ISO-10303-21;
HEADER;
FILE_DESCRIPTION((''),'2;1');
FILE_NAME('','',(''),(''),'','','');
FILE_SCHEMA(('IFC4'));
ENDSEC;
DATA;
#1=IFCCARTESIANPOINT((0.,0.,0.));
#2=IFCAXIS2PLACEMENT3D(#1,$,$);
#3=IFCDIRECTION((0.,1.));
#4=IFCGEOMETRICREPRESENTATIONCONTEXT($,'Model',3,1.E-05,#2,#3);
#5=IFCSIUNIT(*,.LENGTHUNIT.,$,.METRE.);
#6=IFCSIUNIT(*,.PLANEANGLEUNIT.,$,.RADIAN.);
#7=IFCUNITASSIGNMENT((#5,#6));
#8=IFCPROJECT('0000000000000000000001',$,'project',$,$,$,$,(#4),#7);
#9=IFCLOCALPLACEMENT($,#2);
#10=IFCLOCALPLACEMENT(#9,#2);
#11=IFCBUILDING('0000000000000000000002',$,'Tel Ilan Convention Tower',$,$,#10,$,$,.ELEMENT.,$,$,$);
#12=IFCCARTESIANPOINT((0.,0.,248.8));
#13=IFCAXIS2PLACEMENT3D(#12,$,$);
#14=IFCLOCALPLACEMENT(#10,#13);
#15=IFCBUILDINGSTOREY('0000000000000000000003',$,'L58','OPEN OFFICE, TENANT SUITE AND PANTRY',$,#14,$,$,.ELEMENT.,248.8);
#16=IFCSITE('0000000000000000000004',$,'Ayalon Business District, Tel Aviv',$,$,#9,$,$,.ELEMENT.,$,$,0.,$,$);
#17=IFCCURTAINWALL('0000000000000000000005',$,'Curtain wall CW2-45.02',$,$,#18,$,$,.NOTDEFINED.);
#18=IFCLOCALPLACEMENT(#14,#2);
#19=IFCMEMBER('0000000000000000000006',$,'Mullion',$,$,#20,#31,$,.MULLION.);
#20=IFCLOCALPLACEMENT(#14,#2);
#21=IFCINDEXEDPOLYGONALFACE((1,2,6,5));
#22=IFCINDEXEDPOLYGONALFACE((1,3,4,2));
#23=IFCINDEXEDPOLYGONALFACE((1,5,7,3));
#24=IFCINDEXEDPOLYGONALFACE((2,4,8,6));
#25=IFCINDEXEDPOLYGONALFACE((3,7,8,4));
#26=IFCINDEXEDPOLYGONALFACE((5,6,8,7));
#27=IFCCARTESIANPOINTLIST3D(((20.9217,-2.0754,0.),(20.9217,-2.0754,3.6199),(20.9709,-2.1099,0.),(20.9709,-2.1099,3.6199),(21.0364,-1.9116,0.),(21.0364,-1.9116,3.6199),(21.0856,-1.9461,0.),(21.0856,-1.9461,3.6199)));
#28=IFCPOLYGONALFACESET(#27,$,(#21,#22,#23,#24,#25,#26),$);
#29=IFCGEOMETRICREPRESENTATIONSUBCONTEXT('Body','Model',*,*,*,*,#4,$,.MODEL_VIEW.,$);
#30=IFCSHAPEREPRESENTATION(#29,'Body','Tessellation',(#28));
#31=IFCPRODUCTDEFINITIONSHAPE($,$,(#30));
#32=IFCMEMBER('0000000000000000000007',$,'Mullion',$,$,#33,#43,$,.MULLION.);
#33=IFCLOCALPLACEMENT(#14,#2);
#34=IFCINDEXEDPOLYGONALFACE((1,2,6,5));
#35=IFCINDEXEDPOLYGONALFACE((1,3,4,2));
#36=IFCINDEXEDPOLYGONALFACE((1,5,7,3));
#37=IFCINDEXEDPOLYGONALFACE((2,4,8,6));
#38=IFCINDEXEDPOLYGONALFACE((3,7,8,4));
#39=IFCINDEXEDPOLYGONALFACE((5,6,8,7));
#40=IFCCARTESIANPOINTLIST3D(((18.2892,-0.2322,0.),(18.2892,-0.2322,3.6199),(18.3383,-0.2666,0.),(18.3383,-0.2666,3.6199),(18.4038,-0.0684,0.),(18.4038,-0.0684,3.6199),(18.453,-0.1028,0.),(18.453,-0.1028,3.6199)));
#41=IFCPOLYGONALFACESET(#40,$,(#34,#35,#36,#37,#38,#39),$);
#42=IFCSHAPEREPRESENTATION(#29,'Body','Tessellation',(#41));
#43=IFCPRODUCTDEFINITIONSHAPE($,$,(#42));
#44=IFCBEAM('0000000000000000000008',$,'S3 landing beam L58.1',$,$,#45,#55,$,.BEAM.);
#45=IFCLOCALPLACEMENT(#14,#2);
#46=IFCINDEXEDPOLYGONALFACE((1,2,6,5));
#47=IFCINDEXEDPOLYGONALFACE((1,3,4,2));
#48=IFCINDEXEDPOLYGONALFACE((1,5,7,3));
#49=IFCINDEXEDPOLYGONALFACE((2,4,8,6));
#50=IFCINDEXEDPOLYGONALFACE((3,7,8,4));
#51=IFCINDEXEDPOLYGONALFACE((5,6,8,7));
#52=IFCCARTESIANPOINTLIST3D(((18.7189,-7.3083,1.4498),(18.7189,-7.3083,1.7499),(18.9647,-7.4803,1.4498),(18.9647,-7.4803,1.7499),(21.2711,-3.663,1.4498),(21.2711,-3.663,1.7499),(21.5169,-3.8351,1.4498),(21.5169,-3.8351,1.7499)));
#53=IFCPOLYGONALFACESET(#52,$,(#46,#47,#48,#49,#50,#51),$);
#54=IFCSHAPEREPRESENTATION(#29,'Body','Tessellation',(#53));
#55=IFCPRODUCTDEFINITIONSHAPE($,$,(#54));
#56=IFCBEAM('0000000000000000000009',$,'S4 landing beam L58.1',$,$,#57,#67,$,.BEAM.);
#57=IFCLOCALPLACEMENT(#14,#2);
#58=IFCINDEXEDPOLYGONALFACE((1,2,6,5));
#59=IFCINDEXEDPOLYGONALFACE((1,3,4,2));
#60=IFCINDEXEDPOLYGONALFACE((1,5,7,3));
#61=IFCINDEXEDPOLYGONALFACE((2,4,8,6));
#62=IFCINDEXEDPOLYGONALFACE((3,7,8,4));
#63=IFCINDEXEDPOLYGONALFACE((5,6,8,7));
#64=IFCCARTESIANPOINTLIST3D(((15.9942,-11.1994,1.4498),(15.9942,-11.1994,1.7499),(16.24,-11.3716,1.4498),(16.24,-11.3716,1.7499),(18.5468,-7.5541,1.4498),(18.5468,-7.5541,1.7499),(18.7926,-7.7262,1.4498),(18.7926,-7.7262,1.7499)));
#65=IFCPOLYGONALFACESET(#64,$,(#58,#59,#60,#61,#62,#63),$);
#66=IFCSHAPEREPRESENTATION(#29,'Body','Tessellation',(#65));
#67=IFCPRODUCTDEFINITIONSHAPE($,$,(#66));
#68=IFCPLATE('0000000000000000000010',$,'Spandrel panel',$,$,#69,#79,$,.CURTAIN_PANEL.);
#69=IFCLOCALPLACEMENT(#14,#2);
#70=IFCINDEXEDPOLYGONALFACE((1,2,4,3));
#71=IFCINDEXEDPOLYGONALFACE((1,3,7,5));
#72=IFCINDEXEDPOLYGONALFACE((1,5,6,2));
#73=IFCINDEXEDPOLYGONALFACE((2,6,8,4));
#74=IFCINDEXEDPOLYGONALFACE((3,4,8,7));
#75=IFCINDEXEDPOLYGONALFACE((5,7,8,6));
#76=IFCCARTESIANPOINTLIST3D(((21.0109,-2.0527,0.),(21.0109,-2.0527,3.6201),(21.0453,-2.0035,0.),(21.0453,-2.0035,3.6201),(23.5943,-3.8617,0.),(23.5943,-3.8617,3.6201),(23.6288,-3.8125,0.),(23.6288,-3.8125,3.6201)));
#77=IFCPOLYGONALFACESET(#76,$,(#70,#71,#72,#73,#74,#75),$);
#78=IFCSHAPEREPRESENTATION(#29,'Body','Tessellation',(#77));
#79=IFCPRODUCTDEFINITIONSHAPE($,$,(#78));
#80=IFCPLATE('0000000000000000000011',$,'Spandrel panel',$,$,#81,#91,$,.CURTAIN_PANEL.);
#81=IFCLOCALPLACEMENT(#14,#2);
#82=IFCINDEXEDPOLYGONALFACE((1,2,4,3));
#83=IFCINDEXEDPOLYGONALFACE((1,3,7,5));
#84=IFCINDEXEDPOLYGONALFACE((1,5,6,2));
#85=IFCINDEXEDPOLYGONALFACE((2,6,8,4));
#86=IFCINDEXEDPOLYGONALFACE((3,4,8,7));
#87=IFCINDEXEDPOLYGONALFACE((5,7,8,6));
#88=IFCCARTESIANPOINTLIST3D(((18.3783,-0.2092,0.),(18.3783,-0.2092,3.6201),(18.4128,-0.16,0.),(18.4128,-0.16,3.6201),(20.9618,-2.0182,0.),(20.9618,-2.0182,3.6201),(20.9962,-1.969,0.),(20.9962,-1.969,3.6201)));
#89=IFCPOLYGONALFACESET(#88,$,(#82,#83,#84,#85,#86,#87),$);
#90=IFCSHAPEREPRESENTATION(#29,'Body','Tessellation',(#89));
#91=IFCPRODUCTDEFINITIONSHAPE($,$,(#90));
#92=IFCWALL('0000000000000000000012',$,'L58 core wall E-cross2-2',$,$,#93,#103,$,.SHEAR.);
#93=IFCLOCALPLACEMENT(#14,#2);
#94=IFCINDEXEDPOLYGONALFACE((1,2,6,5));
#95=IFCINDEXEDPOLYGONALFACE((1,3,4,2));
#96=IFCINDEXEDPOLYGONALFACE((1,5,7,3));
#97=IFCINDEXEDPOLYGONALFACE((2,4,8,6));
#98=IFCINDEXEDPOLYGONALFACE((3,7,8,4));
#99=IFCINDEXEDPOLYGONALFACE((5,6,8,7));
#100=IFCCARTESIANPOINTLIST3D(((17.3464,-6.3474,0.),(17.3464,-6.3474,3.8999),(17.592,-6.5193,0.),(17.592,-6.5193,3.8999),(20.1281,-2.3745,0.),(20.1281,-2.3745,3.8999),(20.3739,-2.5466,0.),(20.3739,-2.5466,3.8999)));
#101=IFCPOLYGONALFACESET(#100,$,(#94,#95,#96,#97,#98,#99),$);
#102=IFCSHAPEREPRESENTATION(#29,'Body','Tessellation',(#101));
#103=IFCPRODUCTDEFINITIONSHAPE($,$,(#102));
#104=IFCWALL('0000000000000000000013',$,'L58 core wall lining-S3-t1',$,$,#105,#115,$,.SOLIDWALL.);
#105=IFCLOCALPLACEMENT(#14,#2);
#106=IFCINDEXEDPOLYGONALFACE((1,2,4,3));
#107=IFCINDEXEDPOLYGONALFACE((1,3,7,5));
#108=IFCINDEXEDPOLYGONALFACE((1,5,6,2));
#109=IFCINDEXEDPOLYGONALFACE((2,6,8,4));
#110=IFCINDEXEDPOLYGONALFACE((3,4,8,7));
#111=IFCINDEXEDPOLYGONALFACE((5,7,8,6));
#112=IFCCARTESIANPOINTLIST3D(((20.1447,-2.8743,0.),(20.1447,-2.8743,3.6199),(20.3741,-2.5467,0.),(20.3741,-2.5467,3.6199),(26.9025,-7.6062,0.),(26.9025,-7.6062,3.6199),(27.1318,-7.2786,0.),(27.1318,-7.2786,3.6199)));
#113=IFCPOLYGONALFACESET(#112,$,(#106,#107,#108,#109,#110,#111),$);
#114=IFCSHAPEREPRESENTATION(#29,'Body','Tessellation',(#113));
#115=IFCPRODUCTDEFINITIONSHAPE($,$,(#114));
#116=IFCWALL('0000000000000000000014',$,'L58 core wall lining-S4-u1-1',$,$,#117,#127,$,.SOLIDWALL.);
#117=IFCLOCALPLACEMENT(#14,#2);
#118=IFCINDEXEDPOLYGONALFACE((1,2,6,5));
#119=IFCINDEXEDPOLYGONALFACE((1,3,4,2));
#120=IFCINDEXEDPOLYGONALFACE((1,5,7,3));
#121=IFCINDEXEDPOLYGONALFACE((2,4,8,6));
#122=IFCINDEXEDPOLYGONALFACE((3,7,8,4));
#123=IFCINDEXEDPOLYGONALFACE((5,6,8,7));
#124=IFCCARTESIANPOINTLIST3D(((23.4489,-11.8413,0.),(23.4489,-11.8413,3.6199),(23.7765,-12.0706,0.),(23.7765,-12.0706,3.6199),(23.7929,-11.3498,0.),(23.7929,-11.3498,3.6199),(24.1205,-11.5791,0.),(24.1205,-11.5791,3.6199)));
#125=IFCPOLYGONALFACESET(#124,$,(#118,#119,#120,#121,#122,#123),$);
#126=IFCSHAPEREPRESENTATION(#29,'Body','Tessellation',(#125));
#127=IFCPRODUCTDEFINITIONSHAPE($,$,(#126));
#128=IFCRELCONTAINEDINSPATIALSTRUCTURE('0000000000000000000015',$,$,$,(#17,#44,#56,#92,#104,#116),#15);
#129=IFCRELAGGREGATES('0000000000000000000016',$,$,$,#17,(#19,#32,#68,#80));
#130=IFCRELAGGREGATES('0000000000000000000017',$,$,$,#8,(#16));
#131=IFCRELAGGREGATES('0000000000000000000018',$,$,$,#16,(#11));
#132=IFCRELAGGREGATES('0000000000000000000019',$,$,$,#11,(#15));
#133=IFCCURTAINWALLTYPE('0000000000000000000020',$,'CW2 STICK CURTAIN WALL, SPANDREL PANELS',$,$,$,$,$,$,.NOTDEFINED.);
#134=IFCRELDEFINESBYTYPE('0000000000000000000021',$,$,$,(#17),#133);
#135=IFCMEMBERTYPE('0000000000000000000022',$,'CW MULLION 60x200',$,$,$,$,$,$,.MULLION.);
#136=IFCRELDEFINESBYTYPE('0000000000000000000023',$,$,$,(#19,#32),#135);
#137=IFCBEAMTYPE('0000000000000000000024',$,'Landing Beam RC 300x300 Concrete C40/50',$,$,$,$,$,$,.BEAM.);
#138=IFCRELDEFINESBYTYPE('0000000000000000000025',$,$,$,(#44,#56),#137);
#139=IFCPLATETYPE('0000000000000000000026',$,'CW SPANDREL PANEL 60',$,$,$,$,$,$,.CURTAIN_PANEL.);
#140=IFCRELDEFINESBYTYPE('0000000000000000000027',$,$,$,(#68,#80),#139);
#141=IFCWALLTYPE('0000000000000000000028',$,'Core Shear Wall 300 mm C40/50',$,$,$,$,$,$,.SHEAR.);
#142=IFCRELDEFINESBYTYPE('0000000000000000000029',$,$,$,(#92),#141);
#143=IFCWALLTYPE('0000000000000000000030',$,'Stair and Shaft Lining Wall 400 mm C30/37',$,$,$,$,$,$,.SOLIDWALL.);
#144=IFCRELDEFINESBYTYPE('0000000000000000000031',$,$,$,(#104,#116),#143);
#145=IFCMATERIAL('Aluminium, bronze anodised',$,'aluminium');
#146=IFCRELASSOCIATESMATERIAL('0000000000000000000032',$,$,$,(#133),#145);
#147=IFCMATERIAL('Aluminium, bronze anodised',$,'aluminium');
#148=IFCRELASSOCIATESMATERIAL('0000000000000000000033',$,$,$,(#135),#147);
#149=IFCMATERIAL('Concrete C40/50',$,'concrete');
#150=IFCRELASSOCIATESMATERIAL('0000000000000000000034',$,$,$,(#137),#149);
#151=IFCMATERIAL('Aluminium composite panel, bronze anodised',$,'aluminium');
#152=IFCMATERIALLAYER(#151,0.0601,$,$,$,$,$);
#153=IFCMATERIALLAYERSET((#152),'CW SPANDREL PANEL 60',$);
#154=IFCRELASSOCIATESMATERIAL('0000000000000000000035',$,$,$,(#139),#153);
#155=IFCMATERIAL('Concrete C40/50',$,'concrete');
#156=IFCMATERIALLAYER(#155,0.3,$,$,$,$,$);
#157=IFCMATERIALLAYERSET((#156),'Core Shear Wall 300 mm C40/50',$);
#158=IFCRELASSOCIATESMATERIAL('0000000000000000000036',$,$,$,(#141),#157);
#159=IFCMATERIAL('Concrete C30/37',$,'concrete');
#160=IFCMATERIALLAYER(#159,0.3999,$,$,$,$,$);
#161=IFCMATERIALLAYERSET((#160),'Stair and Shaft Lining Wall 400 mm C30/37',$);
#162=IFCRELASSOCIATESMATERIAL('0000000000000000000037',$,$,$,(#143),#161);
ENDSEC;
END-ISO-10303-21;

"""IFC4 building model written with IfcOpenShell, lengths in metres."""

from ifc_helpers import new_model, si_unit, direction, frame, frame_2d, origin, origin_2d, place, context, subcontext, project, spatial, polyline, rectangle, outline, extrude, material, layer, layer_set, material_profile, profile_set, type_object, element, aggregate, save


model = new_model("IFC4")

# Units and contexts
model_context = context("Model", 3, precision=1e-05, world=origin(), true_north=direction((0.0, 1.0)))
body_context = subcontext(model_context, "Body", "Model", "MODEL_VIEW")
ifc_project = project(units=[si_unit("LENGTHUNIT", "METRE"), si_unit("PLANEANGLEUNIT", "RADIAN")], contexts=[model_context])

# Site, building, storey
site_placement = place(None, origin())
site = spatial("IfcSite", under=ifc_project, at=site_placement, Name="Ayalon Business District, Tel Aviv", CompositionType="ELEMENT", RefElevation=0.0)
building_placement = place(site_placement, origin())
building = spatial("IfcBuilding", under=site, at=building_placement, Name="Tel Ilan Convention Tower", CompositionType="ELEMENT")
storey_placement = place(building_placement, frame((0.0, 0.0, 248.8)))
storey = spatial("IfcBuildingStorey", under=building, at=storey_placement, Name="L58", Description="OPEN OFFICE, TENANT SUITE AND PANTRY", CompositionType="ELEMENT", Elevation=248.8)

# Curtain wall, members
ifc_material_1 = material(Name="Aluminium, bronze anodised", Category="aluminium")
curtain_wall_type = type_object("IfcCurtainWallType", Name="CW2 STICK CURTAIN WALL, SPANDREL PANELS", PredefinedType="NOTDEFINED", material=ifc_material_1)
curtain_wall_placement = place(storey_placement, origin())
curtain_wall = element("IfcCurtainWall", 1, at=curtain_wall_placement, inside=storey, type_object=curtain_wall_type, Name="Curtain wall CW2-45.02", PredefinedType="NOTDEFINED")
ifc_material_2 = material(Name="Aluminium, bronze anodised", Category="aluminium")
ifc_material_profile_1 = material_profile(ifc_material_2, rectangle(XDim=0.0601, YDim=0.2, at=origin_2d()), Name="CW MULLION 60x200")
ifc_profile_set_1 = profile_set([ifc_material_profile_1], Name="Aluminium, bronze anodised")
member_type = type_object("IfcMemberType", Name="CW MULLION 60x200", PredefinedType="MULLION", material=ifc_profile_set_1)
member_1_placement = place(storey_placement, frame((21.0037, -2.0107, 0.0), z_axis=(0.0, 0.0, 1.0), x_axis=(-0.819152, 0.573576, 0.0)))
member_1 = element("IfcMember", 2, at=member_1_placement, type_object=member_type, Name="Mullion", PredefinedType="MULLION", context=body_context, shape_type="SweptSolid", body=[
    extrude(rectangle(XDim=0.0601, YDim=0.2, at=origin_2d()), origin(), (0.0, 0.0, 1.0), 3.6199),
])
member_2_placement = place(storey_placement, frame((18.3711, -0.1675, 0.0), z_axis=(0.0, 0.0, 1.0), x_axis=(-0.819152, 0.573576, 0.0)))
member_2 = element("IfcMember", 3, at=member_2_placement, type_object=member_type, Name="Mullion", PredefinedType="MULLION", context=body_context, shape_type="SweptSolid", body=[
    extrude(rectangle(XDim=0.0601, YDim=0.2, at=origin_2d()), origin(), (0.0, 0.0, 1.0), 3.6199),
])

# Beams
ifc_material_3 = material(Name="Concrete C40/50", Category="concrete")
ifc_material_profile_2 = material_profile(ifc_material_3, rectangle(XDim=0.3, YDim=0.3, at=origin_2d()), Name="RC 300x300")
ifc_profile_set_2 = profile_set([ifc_material_profile_2], Name="Concrete C40/50")
beam_type = type_object("IfcBeamType", Name="Landing Beam RC 300x300 Concrete C40/50", PredefinedType="BEAM", material=ifc_profile_set_2)
beam_1_placement = place(storey_placement, frame((21.394, -3.749, 1.5999), z_axis=(-0.573547, -0.819173, 0.0), x_axis=(0.819173, -0.573547, 0.0)))
element("IfcBeam", 4, at=beam_1_placement, inside=storey, type_object=beam_type, Name="S3 landing beam L58.1", PredefinedType="BEAM", context=body_context, shape_type="SweptSolid", body=[
    extrude(rectangle(XDim=0.3, YDim=0.3, at=origin_2d()), origin(), (0.0, 0.0, 1.0), 4.45),
])
beam_2_placement = place(storey_placement, frame((18.6697, -7.6401, 1.5999), z_axis=(-0.573584, -0.819147, 0.0), x_axis=(0.819147, -0.573584, 0.0)))
element("IfcBeam", 5, at=beam_2_placement, inside=storey, type_object=beam_type, Name="S4 landing beam L58.1", PredefinedType="BEAM", context=body_context, shape_type="SweptSolid", body=[
    extrude(rectangle(XDim=0.3, YDim=0.3, at=origin_2d()), origin(), (0.0, 0.0, 1.0), 4.4502),
])

# Plates
ifc_material_4 = material(Name="Aluminium composite panel, bronze anodised", Category="aluminium")
ifc_layer_1 = layer(ifc_material_4, 0.0601)
ifc_layer_set_1 = layer_set([ifc_layer_1], Name="CW SPANDREL PANEL 60")
plate_type = type_object("IfcPlateType", Name="CW SPANDREL PANEL 60", PredefinedType="CURTAIN_PANEL", material=ifc_layer_set_1)
plate_1_placement = place(storey_placement, frame((22.3198, -2.9326, 0.0), z_axis=(0.0, 0.0, 1.0), x_axis=(-0.819152, 0.573576, 0.0)))
plate_1 = element("IfcPlate", 6, at=plate_1_placement, type_object=plate_type, Name="Spandrel panel", PredefinedType="CURTAIN_PANEL", context=body_context, shape_type="SweptSolid", body=[
    extrude(rectangle(XDim=3.1538, YDim=0.0601, at=origin_2d()), origin(), (0.0, 0.0, 1.0), 3.6201),
])
plate_2_placement = place(storey_placement, frame((19.6873, -1.0891, 0.0), z_axis=(0.0, 0.0, 1.0), x_axis=(-0.819152, 0.573576, 0.0)))
plate_2 = element("IfcPlate", 7, at=plate_2_placement, type_object=plate_type, Name="Spandrel panel", PredefinedType="CURTAIN_PANEL", context=body_context, shape_type="SweptSolid", body=[
    extrude(rectangle(XDim=3.1538, YDim=0.0601, at=origin_2d()), origin(), (0.0, 0.0, 1.0), 3.6201),
])
aggregate(curtain_wall, [member_1, member_2, plate_1, plate_2])

# Walls
ifc_material_5 = material(Name="Concrete C40/50", Category="concrete")
ifc_layer_2 = layer(ifc_material_5, 0.3)
ifc_layer_set_2 = layer_set([ifc_layer_2], Name="Core Shear Wall 300 mm C40/50")
wall_type_1 = type_object("IfcWallType", Name="Core Shear Wall 300 mm C40/50", PredefinedType="SHEAR", material=ifc_layer_set_2)
wall_1_placement = place(storey_placement, frame((17.4692, -6.4333, 0.0), z_axis=(0.0, 0.0, 1.0), x_axis=(0.573594, 0.81914, 0.0)))
element("IfcWall", 8, at=wall_1_placement, inside=storey, type_object=wall_type_1, Name="L58 core wall E-cross2-2", PredefinedType="SHEAR", context=body_context, shape_type="SweptSolid", body=[
    extrude(outline(polyline([(4.8499, -0.1499), (4.8499, 0.1501), (0.0, 0.1499), (0.0, -0.1499), (4.8499, -0.1499)])), origin(), (0.0, 0.0, 1.0), 3.8999),
])
ifc_material_6 = material(Name="Concrete C30/37", Category="concrete")
ifc_layer_3 = layer(ifc_material_6, 0.3999)
ifc_layer_set_3 = layer_set([ifc_layer_3], Name="Stair and Shaft Lining Wall 400 mm C30/37")
wall_type_2 = type_object("IfcWallType", Name="Stair and Shaft Lining Wall 400 mm C30/37", PredefinedType="SOLIDWALL", material=ifc_layer_set_3)
wall_2_placement = place(storey_placement, frame((20.2593, -2.7104, 0.0), z_axis=(0.0, 0.0, 1.0), x_axis=(0.819148, -0.573582, 0.0)))
element("IfcWall", 9, at=wall_2_placement, inside=storey, type_object=wall_type_2, Name="L58 core wall lining-S3-t1", PredefinedType="SOLIDWALL", context=body_context, shape_type="SweptSolid", body=[
    extrude(rectangle(XDim=8.2498, YDim=0.3999, at=frame_2d((4.125, 0.0))), origin(), (0.0, 0.0, 1.0), 3.6199),
])
wall_3_placement = place(storey_placement, frame((23.6128, -11.9558, 0.0), z_axis=(0.0, 0.0, 1.0), x_axis=(0.573435, 0.819251, 0.0)))
element("IfcWall", 10, at=wall_3_placement, inside=storey, type_object=wall_type_2, Name="L58 core wall lining-S4-u1-1", PredefinedType="SOLIDWALL", context=body_context, shape_type="SweptSolid", body=[
    extrude(rectangle(XDim=0.5999, YDim=0.3999, at=frame_2d((0.2998, 0.0))), origin(), (0.0, 0.0, 1.0), 3.6199),
])

save(model, "model.ifc")
